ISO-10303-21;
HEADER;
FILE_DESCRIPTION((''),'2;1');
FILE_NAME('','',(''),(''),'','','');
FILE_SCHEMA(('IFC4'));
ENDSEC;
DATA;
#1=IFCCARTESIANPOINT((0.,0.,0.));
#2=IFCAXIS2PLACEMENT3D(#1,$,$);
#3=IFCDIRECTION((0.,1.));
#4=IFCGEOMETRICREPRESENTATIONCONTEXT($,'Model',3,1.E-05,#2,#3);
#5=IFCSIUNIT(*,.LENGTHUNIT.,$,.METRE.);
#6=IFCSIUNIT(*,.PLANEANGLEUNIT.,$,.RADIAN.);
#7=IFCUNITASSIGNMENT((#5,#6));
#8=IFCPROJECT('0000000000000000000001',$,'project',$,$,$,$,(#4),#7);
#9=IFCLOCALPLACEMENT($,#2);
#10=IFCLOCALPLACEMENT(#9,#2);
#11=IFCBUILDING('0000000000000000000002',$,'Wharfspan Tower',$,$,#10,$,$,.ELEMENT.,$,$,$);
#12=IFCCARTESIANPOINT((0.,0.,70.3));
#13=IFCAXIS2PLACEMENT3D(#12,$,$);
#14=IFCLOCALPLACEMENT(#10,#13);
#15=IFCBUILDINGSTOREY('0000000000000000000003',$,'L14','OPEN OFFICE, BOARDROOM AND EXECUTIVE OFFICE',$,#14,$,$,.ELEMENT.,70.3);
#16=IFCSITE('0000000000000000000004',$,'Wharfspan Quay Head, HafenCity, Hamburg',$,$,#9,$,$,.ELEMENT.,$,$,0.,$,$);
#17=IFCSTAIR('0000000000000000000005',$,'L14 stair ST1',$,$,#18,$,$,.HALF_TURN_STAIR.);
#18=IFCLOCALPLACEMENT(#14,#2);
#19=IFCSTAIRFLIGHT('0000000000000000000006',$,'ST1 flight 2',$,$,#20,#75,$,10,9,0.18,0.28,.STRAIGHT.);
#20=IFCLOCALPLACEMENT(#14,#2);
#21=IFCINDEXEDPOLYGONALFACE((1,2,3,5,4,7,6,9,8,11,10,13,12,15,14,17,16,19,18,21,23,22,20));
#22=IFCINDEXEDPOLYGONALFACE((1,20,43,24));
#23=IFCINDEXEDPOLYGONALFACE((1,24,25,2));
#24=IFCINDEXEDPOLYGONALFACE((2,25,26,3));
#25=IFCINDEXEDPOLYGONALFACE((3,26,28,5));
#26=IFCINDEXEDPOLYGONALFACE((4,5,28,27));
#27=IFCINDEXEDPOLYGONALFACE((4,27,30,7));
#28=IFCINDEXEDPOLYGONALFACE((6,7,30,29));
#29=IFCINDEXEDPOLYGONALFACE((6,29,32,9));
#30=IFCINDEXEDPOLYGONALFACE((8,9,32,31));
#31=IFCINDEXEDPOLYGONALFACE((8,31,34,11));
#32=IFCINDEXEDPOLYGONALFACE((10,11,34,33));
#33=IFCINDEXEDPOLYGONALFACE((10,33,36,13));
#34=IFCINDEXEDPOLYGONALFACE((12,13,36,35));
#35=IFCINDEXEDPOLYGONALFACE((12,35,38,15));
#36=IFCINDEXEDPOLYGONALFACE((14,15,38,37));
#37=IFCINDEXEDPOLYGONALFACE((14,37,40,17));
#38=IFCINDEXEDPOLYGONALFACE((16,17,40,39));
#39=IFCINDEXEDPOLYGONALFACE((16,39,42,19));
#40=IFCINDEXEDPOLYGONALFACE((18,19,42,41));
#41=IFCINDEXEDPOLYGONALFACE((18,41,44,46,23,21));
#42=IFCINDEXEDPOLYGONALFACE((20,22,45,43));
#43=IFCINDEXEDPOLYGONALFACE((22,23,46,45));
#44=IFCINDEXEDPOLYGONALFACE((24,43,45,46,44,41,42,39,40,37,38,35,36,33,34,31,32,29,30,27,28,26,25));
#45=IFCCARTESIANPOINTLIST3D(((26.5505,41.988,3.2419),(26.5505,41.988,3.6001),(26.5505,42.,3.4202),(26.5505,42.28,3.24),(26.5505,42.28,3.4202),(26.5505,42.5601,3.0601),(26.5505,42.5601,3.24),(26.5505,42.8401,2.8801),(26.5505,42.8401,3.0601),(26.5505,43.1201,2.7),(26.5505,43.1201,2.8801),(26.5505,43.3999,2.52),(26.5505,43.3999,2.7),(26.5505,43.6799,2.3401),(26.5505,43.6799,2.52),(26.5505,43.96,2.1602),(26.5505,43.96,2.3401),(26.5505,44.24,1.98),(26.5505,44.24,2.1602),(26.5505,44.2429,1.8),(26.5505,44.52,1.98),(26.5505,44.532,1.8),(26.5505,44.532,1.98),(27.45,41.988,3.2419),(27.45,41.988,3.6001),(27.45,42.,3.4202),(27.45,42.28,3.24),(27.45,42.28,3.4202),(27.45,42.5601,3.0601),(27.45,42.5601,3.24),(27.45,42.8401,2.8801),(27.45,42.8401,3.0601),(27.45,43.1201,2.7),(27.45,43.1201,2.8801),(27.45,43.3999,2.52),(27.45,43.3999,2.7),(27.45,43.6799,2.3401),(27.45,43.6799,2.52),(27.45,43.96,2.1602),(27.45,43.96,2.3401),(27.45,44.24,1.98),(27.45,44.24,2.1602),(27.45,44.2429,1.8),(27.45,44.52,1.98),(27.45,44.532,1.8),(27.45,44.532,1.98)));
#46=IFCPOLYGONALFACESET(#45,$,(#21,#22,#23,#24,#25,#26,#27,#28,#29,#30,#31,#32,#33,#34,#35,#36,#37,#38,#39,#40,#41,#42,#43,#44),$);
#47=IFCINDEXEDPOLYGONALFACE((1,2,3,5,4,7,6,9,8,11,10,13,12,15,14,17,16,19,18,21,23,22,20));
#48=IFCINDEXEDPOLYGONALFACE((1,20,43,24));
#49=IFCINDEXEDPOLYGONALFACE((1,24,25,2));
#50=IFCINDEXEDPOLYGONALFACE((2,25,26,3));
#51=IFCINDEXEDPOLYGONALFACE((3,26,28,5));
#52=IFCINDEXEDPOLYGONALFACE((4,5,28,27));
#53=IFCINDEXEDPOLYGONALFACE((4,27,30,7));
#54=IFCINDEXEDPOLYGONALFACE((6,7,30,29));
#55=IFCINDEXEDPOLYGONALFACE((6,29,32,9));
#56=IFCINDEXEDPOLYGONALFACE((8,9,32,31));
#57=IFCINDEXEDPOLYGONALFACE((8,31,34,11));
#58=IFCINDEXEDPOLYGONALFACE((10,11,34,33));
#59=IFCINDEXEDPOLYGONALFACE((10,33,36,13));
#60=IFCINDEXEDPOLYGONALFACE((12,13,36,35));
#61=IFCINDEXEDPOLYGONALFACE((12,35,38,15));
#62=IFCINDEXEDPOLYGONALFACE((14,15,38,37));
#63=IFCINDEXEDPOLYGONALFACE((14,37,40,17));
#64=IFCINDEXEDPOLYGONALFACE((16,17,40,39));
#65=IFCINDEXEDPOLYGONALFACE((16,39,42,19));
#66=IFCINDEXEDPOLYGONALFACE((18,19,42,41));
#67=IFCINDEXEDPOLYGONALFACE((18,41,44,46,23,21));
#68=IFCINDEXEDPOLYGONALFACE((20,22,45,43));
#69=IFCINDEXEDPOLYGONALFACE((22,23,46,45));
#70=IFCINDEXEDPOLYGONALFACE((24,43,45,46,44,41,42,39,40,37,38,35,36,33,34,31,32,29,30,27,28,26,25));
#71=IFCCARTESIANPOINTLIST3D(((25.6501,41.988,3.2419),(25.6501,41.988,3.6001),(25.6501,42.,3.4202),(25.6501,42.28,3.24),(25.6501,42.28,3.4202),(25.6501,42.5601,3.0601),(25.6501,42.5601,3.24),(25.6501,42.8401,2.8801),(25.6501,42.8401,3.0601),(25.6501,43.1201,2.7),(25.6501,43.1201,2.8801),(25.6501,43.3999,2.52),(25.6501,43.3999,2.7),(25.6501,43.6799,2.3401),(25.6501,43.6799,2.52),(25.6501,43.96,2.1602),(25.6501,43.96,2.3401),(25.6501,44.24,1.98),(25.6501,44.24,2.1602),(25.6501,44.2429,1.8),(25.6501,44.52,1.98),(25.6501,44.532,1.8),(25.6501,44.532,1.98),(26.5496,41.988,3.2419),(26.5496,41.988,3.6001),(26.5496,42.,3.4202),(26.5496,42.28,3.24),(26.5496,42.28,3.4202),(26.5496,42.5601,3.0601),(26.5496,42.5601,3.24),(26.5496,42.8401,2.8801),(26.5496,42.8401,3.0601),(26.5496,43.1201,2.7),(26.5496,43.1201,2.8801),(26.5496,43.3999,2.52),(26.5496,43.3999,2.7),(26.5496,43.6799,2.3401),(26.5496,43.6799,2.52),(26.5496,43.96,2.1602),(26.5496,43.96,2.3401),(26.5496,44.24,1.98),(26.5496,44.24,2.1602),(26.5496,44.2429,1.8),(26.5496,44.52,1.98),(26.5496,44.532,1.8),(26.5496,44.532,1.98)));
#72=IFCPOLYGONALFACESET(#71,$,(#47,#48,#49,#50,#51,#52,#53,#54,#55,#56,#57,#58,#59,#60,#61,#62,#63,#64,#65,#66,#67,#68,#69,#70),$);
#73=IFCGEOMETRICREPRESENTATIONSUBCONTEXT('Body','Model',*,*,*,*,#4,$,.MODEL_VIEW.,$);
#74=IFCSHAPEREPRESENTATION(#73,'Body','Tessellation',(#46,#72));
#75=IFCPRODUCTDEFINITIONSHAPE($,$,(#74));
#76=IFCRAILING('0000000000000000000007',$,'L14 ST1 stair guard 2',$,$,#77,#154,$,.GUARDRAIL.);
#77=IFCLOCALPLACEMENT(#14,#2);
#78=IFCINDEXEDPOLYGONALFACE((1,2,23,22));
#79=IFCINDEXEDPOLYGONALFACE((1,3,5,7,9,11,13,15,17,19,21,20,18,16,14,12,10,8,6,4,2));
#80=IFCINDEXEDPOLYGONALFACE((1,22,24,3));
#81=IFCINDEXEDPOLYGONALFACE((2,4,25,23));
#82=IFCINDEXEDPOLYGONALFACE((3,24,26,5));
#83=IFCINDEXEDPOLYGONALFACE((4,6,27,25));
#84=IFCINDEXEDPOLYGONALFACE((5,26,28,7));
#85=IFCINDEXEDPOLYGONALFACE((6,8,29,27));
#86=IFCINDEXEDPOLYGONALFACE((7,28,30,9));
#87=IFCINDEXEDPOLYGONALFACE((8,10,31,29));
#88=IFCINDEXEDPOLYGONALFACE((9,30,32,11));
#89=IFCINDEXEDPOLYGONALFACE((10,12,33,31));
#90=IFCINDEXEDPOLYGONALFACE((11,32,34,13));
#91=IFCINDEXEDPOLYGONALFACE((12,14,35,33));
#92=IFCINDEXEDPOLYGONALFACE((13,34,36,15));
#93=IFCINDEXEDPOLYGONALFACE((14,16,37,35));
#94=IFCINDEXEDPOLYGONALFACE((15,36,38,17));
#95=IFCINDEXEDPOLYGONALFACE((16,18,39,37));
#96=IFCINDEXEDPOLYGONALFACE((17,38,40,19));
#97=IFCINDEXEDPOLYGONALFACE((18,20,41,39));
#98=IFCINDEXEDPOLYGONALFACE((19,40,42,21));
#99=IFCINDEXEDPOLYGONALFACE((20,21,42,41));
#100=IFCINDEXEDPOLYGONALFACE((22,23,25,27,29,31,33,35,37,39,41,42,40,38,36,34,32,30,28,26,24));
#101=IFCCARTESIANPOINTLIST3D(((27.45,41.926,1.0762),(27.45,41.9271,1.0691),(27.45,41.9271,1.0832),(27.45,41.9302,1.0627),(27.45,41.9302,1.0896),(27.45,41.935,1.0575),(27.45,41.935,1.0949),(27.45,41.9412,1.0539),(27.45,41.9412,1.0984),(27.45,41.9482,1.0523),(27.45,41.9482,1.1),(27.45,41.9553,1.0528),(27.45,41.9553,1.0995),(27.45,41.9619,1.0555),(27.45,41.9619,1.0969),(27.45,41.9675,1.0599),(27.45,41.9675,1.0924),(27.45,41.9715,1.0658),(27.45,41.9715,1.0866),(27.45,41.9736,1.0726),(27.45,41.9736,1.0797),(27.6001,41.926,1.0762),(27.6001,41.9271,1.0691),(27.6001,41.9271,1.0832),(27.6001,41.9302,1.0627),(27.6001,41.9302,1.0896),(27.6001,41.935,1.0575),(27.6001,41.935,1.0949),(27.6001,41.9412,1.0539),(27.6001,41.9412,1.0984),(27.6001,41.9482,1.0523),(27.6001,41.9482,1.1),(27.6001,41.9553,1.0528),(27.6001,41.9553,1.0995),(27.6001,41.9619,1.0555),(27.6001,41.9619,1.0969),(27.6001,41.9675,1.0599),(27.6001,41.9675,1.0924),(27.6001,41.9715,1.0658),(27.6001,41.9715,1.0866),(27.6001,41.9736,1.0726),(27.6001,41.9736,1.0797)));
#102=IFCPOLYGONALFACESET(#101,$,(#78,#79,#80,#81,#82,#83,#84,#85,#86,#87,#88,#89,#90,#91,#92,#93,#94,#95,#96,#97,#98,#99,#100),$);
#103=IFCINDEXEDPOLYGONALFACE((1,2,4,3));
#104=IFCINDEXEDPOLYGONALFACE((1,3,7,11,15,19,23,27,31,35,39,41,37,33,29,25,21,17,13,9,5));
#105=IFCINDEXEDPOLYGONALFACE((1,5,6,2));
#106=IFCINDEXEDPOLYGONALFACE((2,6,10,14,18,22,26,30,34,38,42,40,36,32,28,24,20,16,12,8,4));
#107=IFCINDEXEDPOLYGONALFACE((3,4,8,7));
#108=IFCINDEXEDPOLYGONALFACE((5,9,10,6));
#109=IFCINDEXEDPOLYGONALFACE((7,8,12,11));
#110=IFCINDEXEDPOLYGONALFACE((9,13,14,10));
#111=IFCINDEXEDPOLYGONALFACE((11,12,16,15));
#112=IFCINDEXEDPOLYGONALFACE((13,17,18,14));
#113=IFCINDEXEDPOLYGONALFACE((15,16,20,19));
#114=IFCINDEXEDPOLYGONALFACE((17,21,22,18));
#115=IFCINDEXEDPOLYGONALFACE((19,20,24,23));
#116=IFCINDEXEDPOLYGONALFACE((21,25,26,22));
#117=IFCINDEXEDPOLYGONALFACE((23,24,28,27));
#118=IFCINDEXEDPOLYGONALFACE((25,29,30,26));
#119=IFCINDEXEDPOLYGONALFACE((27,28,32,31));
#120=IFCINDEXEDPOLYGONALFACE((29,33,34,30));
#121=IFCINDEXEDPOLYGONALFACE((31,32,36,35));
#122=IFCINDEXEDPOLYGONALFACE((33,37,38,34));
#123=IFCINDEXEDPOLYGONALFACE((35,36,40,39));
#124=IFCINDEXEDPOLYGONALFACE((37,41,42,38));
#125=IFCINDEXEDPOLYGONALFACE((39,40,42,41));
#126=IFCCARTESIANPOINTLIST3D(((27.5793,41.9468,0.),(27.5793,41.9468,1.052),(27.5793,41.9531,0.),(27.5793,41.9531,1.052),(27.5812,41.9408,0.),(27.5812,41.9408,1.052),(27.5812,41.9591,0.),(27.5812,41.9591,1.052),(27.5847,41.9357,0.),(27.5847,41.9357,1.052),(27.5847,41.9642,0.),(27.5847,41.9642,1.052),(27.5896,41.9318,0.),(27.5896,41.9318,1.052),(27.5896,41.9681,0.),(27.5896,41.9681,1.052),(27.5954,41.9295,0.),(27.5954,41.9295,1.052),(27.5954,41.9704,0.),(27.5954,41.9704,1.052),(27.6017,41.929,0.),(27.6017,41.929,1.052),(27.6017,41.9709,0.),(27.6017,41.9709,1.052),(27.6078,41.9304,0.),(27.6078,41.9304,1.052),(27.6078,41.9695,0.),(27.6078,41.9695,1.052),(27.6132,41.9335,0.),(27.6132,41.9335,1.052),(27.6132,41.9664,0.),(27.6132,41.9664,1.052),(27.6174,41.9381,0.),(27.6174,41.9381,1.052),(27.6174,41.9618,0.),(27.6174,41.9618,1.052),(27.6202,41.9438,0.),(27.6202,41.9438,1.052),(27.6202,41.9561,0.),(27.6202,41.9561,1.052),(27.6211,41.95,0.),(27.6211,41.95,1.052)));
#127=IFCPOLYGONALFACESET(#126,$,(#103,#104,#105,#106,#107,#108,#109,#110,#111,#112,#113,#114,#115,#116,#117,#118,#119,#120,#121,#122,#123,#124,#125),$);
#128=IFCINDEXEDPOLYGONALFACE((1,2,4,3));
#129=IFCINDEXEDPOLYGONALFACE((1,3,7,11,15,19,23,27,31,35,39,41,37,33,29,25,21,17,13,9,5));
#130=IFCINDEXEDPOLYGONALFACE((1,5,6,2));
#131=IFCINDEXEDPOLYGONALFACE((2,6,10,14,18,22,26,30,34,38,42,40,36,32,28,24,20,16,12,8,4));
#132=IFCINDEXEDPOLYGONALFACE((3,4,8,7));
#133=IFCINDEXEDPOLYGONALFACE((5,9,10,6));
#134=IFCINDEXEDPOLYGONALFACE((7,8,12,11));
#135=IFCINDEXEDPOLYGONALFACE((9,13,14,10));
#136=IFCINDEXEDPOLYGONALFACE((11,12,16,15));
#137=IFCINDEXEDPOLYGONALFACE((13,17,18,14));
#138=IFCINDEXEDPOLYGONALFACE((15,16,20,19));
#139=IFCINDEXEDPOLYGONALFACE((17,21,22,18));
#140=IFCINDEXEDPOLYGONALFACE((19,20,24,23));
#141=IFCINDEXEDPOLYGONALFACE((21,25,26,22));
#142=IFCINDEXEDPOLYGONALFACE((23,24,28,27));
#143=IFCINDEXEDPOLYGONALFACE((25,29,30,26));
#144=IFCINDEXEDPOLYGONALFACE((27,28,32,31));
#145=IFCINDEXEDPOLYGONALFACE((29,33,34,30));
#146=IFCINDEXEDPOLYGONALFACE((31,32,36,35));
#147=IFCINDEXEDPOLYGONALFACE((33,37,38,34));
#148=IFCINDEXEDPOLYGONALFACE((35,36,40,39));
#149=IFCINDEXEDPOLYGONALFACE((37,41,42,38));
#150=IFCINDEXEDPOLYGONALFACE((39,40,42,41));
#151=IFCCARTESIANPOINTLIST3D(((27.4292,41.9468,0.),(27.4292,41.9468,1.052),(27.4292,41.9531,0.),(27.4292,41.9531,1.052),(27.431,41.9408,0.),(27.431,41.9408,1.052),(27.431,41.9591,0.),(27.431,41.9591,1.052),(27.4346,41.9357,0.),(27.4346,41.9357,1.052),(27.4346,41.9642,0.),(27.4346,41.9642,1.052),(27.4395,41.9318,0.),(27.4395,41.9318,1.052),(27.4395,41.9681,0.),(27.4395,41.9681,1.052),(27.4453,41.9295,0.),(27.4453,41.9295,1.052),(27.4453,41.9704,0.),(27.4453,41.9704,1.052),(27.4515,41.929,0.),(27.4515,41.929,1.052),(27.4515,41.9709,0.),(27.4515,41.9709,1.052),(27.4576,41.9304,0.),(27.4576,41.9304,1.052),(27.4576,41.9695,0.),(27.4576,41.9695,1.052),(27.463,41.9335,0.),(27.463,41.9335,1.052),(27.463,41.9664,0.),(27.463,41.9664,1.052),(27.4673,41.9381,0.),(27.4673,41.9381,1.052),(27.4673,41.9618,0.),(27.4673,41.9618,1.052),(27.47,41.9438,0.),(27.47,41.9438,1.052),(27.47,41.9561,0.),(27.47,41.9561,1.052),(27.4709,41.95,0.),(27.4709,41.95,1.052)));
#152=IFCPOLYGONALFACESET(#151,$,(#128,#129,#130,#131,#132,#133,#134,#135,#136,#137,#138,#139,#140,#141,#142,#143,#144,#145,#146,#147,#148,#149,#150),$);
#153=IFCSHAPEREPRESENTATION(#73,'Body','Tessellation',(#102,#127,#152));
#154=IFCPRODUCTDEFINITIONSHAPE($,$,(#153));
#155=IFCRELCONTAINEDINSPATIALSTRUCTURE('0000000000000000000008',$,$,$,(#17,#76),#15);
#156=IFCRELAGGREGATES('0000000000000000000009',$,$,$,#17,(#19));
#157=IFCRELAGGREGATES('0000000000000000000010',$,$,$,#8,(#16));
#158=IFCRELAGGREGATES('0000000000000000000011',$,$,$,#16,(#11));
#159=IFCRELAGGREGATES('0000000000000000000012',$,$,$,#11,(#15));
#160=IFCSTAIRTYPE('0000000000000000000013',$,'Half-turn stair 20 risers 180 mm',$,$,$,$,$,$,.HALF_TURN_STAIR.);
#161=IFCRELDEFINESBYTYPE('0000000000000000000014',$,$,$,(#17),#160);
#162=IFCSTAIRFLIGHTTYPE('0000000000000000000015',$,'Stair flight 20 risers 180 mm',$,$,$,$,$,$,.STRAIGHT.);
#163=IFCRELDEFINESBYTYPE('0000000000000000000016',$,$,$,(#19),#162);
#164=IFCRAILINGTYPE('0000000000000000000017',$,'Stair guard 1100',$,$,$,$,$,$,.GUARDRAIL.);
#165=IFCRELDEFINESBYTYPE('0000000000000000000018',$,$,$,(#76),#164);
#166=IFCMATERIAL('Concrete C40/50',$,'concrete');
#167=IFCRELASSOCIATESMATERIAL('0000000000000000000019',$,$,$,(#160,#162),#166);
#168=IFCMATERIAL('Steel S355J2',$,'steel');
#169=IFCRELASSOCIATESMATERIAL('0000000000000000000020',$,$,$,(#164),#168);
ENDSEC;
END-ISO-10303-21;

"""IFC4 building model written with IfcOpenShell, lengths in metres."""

from ifc_helpers import new_model, si_unit, direction, frame, origin, origin_2d, place, context, subcontext, project, spatial, polyline, circle, outline, extrude, material, type_object, element, aggregate, save


model = new_model("IFC4")

# Units and contexts
model_context = context("Model", 3, precision=1e-05, world=origin(), true_north=direction((0.0, 1.0)))
body_context = subcontext(model_context, "Body", "Model", "MODEL_VIEW")
ifc_project = project(units=[si_unit("LENGTHUNIT", "METRE"), si_unit("PLANEANGLEUNIT", "RADIAN")], contexts=[model_context])

# Site, building, storey
site_placement = place(None, origin())
site = spatial("IfcSite", under=ifc_project, at=site_placement, Name="Wharfspan Quay Head, HafenCity, Hamburg", CompositionType="ELEMENT", RefElevation=0.0)
building_placement = place(site_placement, origin())
building = spatial("IfcBuilding", under=site, at=building_placement, Name="Wharfspan Tower", CompositionType="ELEMENT")
storey_placement = place(building_placement, frame((0.0, 0.0, 70.3)))
storey = spatial("IfcBuildingStorey", under=building, at=storey_placement, Name="L14", Description="OPEN OFFICE, BOARDROOM AND EXECUTIVE OFFICE", CompositionType="ELEMENT", Elevation=70.3)

# Shared definitions
ifc_material_1 = material(Name="Steel S355J2", Category="steel")

# Shared definitions
ifc_material_2 = material(Name="Concrete C40/50", Category="concrete")

# Stair, stair flight
stair_type = type_object("IfcStairType", Name="Half-turn stair 20 risers 180 mm", PredefinedType="HALF_TURN_STAIR", material=ifc_material_2)
stair_placement = place(storey_placement, origin())
stair = element("IfcStair", 1, at=stair_placement, inside=storey, type_object=stair_type, Name="L14 stair ST1", PredefinedType="HALF_TURN_STAIR")
stair_flight_type = type_object("IfcStairFlightType", Name="Stair flight 20 risers 180 mm", PredefinedType="STRAIGHT", material=ifc_material_2)
stair_flight_1_placement = place(storey_placement, frame((26.55, 44.52, 1.8), z_axis=(0.0, 0.0, 1.0), x_axis=(0.0, -1.0, 0.0)))
stair_flight_1 = element("IfcStairFlight", 2, at=stair_flight_1_placement, type_object=stair_flight_type, Name="ST1 flight 2", NumberOfRisers=10, NumberOfTreads=9, PredefinedType="STRAIGHT", RiserHeight=0.18, TreadLength=0.28, context=body_context, shape_type="SweptSolid", body=[
    extrude(outline(polyline([(-0.012, 0.0), (-0.012, 0.1799), (0.0, 0.1799), (0.28, 0.1799), (0.28, 0.3601), (0.5601, 0.3601), (0.5601, 0.54), (0.8401, 0.54), (0.8401, 0.72), (1.1201, 0.72), (1.1201, 0.8999), (1.3999, 0.8999), (1.3999, 1.0801), (1.6799, 1.0801), (1.6799, 1.26), (1.96, 1.26), (1.96, 1.4399), (2.24, 1.4399), (2.24, 1.6201), (2.52, 1.6201), (2.532, 1.8), (2.532, 1.4419), (0.2771, 0.0), (-0.012, 0.0)])), frame((0.0, 0.8999, 0.0), z_axis=(0.0, -1.0, 0.0), x_axis=(1.0, 0.0, 0.0)), (0.0, 0.0, 1.0), 0.8994),
    extrude(outline(polyline([(-0.012, 0.0), (-0.012, 0.1799), (0.0, 0.1799), (0.28, 0.1799), (0.28, 0.3601), (0.5601, 0.3601), (0.5601, 0.54), (0.8401, 0.54), (0.8401, 0.72), (1.1201, 0.72), (1.1201, 0.8999), (1.3999, 0.8999), (1.3999, 1.0801), (1.6799, 1.0801), (1.6799, 1.26), (1.96, 1.26), (1.96, 1.4399), (2.24, 1.4399), (2.24, 1.6201), (2.52, 1.6201), (2.532, 1.8), (2.532, 1.4419), (0.2771, 0.0), (-0.012, 0.0)])), frame((0.0, -0.0005, 0.0), z_axis=(0.0, -1.0, 0.0), x_axis=(1.0, 0.0, 0.0)), (0.0, 0.0, 1.0), 0.8994),
])
aggregate(stair, [stair_flight_1])

# Railing
railing_type_1 = type_object("IfcRailingType", Name="Stair guard 1100", PredefinedType="GUARDRAIL", material=ifc_material_1)
railing_1_placement = place(storey_placement, frame((27.6001, 41.95, 0.0)))
element("IfcRailing", 3, at=railing_1_placement, inside=storey, type_object=railing_type_1, Name="L14 ST1 stair guard 2", PredefinedType="GUARDRAIL", context=body_context, shape_type="SweptSolid", body=[
    extrude(circle(Radius=0.0239, at=origin_2d()), frame((0.0, 0.0, 1.0762), z_axis=(-1.0, 0.0, 0.0), x_axis=(0.0, -1.0, 0.0)), (0.0, 0.0, 1.0), 0.1501),
    extrude(circle(Radius=0.021, at=origin_2d()), origin(), (0.0, 0.0, 1.0), 1.052),
    extrude(circle(Radius=0.021, at=origin_2d()), frame((-0.1501, 0.0, 0.0)), (0.0, 0.0, 1.0), 1.052),
])

save(model, "model.ifc")
